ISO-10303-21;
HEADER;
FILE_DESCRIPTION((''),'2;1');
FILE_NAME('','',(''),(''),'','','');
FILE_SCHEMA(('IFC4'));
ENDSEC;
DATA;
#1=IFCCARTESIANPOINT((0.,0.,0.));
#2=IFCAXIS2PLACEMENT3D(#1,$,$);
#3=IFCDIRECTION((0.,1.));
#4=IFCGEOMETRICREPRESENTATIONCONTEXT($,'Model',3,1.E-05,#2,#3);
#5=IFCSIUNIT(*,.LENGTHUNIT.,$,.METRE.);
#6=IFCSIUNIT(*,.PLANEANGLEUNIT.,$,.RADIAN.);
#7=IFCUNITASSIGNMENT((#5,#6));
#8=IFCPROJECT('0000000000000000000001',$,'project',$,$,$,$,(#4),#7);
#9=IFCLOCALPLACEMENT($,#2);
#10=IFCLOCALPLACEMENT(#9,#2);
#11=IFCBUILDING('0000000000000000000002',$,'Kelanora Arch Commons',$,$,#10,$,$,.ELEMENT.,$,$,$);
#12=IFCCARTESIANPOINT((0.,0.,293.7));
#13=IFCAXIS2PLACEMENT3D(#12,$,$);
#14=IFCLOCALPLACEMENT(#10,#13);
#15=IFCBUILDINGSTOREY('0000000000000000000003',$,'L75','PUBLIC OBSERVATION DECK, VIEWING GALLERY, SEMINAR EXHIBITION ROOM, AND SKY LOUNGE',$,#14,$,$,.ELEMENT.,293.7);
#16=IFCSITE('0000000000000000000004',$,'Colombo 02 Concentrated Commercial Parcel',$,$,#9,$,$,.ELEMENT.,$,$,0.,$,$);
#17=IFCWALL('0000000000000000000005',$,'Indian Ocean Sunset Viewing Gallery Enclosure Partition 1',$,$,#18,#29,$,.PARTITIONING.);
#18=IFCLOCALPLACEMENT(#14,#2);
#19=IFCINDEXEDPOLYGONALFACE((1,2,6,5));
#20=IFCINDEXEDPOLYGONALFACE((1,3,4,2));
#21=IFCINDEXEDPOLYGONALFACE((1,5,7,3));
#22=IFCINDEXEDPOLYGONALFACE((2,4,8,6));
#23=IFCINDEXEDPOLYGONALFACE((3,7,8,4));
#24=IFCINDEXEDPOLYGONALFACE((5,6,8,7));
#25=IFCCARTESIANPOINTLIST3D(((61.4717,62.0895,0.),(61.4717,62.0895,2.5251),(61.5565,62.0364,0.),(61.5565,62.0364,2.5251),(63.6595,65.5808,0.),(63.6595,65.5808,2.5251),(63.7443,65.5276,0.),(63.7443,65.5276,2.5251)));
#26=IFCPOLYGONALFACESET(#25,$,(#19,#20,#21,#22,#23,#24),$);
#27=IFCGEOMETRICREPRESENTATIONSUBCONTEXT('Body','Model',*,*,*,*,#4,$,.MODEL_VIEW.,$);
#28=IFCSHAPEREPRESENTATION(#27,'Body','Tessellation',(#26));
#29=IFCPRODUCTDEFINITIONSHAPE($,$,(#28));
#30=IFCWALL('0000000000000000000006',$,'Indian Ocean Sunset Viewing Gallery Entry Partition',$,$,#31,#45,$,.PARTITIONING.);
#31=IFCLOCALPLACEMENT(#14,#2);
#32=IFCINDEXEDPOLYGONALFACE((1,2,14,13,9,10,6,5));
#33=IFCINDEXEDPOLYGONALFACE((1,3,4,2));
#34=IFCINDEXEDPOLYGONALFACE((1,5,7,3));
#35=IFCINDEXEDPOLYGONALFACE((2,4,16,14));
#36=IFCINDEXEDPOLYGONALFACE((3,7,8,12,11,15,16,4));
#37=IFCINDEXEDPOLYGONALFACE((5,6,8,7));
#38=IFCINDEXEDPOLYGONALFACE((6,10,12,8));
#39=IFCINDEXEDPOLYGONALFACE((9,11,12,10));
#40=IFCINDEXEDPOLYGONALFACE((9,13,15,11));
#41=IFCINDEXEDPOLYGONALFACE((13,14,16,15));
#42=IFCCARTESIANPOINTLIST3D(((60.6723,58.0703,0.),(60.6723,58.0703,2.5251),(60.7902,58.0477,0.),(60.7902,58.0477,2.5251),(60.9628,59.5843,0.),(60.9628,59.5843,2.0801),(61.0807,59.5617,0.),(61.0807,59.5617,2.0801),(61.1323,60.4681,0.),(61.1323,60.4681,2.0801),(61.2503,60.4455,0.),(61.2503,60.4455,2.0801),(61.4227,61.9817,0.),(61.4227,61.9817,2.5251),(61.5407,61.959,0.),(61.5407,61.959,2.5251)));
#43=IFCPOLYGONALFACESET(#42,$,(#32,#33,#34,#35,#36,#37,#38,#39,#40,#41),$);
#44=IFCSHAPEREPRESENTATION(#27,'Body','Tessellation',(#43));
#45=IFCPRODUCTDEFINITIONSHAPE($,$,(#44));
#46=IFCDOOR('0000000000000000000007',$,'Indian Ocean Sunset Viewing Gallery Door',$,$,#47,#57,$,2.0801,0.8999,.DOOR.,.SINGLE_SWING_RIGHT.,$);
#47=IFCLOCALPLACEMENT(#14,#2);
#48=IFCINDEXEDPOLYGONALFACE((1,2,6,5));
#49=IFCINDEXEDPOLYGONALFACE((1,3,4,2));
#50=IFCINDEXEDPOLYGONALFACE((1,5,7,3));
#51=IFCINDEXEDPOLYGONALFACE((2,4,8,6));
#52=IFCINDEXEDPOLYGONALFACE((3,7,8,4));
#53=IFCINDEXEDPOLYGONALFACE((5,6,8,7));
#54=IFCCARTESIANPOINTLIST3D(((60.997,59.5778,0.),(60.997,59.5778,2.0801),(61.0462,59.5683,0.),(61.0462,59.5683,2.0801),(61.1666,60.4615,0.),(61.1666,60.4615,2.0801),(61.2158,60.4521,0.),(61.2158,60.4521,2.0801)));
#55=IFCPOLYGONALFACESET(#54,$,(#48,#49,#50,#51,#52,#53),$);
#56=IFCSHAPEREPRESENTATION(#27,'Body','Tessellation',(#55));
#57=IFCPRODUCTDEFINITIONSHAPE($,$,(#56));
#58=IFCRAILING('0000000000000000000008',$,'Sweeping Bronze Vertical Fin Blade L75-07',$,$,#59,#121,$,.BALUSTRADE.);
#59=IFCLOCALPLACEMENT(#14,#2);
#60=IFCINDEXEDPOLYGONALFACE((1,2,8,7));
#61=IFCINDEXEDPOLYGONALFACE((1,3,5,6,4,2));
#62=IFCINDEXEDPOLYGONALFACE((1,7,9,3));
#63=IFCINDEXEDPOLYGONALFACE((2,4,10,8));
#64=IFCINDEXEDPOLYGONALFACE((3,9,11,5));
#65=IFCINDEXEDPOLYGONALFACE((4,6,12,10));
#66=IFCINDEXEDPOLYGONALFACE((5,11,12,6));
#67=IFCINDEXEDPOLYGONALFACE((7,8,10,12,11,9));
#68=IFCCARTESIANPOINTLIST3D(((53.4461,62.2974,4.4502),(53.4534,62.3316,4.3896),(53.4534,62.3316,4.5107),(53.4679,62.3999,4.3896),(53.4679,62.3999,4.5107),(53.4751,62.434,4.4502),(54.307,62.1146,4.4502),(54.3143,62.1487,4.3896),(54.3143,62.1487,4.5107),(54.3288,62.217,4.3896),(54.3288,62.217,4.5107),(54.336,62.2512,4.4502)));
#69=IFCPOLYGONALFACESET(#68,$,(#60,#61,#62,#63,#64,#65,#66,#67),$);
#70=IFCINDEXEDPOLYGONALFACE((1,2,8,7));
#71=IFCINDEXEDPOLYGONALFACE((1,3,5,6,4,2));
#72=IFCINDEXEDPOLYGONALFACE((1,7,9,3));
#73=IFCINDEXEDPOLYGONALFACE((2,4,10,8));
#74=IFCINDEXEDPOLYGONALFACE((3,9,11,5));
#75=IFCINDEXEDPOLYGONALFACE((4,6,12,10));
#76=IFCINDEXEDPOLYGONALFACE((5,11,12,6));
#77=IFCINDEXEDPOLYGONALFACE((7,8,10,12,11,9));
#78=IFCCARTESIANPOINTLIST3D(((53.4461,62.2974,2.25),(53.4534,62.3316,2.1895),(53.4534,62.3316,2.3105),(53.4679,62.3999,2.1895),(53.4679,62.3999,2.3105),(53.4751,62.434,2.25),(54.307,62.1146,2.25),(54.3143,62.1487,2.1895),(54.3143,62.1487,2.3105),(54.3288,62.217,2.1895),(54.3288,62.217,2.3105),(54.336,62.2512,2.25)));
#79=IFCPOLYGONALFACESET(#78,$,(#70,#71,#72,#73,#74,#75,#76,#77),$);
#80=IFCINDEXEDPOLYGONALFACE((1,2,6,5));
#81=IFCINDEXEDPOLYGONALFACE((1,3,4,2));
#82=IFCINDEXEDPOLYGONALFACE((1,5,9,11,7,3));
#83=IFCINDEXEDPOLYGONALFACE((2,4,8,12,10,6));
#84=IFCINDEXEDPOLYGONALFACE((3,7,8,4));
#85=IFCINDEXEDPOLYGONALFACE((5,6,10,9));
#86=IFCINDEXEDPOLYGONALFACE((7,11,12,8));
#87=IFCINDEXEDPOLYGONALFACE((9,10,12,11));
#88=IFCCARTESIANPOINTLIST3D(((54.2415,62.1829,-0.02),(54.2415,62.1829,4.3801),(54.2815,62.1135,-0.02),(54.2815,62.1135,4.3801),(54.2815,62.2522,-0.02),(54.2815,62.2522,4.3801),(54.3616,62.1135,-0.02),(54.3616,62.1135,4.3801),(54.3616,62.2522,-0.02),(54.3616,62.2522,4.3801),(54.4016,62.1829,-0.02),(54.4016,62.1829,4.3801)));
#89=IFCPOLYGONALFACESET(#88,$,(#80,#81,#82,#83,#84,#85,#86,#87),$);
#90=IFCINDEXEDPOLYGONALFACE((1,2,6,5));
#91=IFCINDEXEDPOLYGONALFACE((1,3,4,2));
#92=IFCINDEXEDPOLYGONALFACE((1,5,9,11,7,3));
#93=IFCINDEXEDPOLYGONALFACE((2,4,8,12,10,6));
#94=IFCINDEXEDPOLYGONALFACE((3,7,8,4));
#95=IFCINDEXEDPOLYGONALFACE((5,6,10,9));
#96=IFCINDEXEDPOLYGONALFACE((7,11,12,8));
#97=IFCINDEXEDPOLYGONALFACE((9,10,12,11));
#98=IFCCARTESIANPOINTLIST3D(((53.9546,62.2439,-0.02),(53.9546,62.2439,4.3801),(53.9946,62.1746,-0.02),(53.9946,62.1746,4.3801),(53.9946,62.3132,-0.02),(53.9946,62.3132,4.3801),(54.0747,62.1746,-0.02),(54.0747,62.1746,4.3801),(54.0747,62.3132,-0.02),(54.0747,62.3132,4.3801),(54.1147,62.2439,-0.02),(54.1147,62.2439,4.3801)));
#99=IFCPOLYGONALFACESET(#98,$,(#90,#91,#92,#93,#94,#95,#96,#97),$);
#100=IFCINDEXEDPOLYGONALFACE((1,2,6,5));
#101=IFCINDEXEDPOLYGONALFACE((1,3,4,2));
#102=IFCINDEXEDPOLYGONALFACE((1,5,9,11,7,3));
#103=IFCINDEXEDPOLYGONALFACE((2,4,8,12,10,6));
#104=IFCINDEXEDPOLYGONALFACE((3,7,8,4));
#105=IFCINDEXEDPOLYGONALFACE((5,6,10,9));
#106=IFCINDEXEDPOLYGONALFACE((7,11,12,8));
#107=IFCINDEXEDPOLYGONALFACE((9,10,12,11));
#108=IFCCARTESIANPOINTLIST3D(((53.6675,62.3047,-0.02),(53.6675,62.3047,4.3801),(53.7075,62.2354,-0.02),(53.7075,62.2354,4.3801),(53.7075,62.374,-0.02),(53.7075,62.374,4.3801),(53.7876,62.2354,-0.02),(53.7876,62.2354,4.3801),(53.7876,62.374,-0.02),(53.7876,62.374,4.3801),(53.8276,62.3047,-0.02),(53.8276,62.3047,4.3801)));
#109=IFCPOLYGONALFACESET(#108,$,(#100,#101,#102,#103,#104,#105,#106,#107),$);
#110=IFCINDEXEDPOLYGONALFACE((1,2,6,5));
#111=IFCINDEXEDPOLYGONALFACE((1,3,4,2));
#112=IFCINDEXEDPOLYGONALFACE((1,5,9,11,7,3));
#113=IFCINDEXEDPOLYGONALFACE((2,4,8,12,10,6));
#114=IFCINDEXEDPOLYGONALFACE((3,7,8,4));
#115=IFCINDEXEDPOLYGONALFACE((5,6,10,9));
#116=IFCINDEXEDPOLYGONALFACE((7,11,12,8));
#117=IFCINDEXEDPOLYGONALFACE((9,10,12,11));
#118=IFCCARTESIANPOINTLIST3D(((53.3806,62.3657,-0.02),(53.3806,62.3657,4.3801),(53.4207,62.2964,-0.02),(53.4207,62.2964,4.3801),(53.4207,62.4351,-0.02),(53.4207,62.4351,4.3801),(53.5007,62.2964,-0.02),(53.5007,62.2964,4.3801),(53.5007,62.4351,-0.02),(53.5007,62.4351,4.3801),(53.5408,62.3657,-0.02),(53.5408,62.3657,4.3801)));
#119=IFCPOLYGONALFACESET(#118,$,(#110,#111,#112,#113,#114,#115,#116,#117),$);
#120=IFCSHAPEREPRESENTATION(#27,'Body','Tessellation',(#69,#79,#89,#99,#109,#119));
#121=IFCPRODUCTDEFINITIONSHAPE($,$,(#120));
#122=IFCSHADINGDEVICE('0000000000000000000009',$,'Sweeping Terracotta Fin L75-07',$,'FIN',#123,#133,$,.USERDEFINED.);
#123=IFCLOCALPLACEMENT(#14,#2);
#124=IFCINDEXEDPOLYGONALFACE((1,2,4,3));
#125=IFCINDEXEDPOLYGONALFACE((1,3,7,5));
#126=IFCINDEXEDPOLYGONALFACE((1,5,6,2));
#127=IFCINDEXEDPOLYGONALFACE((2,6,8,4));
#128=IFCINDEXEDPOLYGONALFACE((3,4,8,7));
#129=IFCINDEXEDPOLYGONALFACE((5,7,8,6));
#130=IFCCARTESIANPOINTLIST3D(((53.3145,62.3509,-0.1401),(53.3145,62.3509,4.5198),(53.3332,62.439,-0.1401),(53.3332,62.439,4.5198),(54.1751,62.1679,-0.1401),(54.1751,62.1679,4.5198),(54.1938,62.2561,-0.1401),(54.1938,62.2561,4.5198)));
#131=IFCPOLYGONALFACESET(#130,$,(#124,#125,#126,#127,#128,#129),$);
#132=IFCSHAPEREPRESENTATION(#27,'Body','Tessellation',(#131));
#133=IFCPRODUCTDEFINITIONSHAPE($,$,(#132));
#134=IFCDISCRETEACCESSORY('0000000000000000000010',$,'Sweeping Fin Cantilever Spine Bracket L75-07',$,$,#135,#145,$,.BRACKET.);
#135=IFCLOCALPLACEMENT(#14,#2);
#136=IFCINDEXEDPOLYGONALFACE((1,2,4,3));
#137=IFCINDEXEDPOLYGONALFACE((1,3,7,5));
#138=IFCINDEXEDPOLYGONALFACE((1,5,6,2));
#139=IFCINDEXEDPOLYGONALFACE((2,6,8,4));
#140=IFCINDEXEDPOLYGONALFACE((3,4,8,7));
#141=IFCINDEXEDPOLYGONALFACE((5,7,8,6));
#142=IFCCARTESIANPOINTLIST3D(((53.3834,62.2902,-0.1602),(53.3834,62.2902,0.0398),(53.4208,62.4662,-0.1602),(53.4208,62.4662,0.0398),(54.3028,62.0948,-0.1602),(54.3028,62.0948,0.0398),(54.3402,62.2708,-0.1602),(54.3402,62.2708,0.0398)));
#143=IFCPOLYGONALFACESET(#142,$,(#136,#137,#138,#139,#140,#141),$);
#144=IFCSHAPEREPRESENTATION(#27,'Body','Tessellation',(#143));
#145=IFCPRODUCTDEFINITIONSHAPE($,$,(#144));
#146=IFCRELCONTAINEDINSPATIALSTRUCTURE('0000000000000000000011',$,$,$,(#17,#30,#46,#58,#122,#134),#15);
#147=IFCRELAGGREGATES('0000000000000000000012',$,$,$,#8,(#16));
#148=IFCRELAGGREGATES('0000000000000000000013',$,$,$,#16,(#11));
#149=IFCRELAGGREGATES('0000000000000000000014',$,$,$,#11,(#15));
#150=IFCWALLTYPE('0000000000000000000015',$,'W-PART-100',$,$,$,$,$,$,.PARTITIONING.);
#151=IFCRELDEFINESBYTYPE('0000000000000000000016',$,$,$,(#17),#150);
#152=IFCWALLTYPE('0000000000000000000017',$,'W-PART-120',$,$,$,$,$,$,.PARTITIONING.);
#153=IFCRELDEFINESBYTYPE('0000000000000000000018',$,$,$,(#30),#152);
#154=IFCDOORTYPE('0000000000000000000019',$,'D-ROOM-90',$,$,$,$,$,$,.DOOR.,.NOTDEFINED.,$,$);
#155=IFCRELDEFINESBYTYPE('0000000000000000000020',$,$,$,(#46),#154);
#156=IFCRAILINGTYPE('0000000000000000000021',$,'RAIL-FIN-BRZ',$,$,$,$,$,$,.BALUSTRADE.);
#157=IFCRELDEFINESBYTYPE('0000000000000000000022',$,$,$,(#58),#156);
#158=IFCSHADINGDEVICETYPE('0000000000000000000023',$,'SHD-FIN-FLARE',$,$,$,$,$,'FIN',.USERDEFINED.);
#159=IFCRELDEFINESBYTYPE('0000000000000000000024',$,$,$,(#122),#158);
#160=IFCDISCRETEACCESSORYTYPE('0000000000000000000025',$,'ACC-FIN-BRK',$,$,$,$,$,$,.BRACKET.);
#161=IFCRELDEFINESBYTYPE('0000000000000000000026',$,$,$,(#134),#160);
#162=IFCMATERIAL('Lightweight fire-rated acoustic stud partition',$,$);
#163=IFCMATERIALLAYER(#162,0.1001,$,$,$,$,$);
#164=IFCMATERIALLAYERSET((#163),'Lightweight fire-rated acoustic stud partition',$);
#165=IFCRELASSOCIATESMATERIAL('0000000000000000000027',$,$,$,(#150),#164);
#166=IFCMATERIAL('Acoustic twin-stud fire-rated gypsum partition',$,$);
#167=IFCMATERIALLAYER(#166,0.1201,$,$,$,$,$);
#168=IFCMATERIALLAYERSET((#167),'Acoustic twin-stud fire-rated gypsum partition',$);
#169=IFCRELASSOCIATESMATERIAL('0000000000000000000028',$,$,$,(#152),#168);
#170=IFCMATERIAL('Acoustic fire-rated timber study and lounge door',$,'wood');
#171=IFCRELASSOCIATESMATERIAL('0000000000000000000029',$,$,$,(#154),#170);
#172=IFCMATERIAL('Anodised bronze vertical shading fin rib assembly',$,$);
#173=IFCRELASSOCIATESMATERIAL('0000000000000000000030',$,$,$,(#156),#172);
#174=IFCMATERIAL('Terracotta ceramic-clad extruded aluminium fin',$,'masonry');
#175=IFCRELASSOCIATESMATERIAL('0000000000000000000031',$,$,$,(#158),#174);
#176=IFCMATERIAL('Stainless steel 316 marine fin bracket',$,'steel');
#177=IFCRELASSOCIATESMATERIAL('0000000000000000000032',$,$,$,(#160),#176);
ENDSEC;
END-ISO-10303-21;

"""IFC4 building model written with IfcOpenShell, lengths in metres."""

from ifc_helpers import new_model, si_unit, direction, frame, frame_2d, origin, origin_2d, place, context, subcontext, project, spatial, polyline, rectangle, outline, extrude, source, transform, mapped, material, layer, layer_set, type_object, element, fill, save


model = new_model("IFC4")

# Units and contexts
model_context = context("Model", 3, precision=1e-05, world=origin(), true_north=direction((0.0, 1.0)))
body_context = subcontext(model_context, "Body", "Model", "MODEL_VIEW")
ifc_project = project(units=[si_unit("LENGTHUNIT", "METRE"), si_unit("PLANEANGLEUNIT", "RADIAN")], contexts=[model_context])

# Site, building, storey
site_placement = place(None, origin())
site = spatial("IfcSite", under=ifc_project, at=site_placement, Name="Colombo 02 Concentrated Commercial Parcel", CompositionType="ELEMENT", RefElevation=0.0)
building_placement = place(site_placement, origin())
building = spatial("IfcBuilding", under=site, at=building_placement, Name="Kelanora Arch Commons", CompositionType="ELEMENT")
storey_placement = place(building_placement, frame((0.0, 0.0, 293.7)))
storey = spatial("IfcBuildingStorey", under=building, at=storey_placement, Name="L75", Description="PUBLIC OBSERVATION DECK, VIEWING GALLERY, SEMINAR EXHIBITION ROOM, AND SKY LOUNGE", CompositionType="ELEMENT", Elevation=293.7)

# Wall
ifc_material_1 = material(Name="Lightweight fire-rated acoustic stud partition")
ifc_layer_1 = layer(ifc_material_1, 0.1001)
ifc_layer_set_1 = layer_set([ifc_layer_1], Name="Lightweight fire-rated acoustic stud partition")
wall_type_1 = type_object("IfcWallType", Name="W-PART-100", PredefinedType="PARTITIONING", material=ifc_layer_set_1)
wall_1_placement = place(storey_placement, frame((63.7019, 65.5542, 0.0), z_axis=(0.0, 0.0, 1.0), x_axis=(-0.531, -0.847372, 0.0)))
element("IfcWall", 1, at=wall_1_placement, inside=storey, type_object=wall_type_1, Name="Indian Ocean Sunset Viewing Gallery Enclosure Partition 1", PredefinedType="PARTITIONING", context=body_context, shape_type="SweptSolid", body=[
    extrude(rectangle(XDim=4.1201, YDim=0.1001, at=frame_2d((2.0601, 0.0))), origin(), (0.0, 0.0, 1.0), 2.5251),
])

# Wall, opening, door
ifc_material_2 = material(Name="Acoustic twin-stud fire-rated gypsum partition")
ifc_layer_2 = layer(ifc_material_2, 0.1201)
ifc_layer_set_2 = layer_set([ifc_layer_2], Name="Acoustic twin-stud fire-rated gypsum partition")
wall_type_2 = type_object("IfcWallType", Name="W-PART-120", PredefinedType="PARTITIONING", material=ifc_layer_set_2)
wall_2_placement = place(storey_placement, frame((61.4817, 61.9702, 0.0), z_axis=(0.0, 0.0, 1.0), x_axis=(-0.188436, -0.982085, 0.0)))
wall_2 = element("IfcWall", 2, at=wall_2_placement, inside=storey, type_object=wall_type_2, Name="Indian Ocean Sunset Viewing Gallery Entry Partition", PredefinedType="PARTITIONING", context=body_context, shape_type="SweptSolid", body=[
    extrude(rectangle(XDim=3.9827, YDim=0.1201, at=frame_2d((1.9912, 0.0))), origin(), (0.0, 0.0, 1.0), 2.5251),
])
opening_placement = place(wall_2_placement, frame((1.541, 0.0, 0.0)))
opening = element("IfcOpeningElement", 3, at=opening_placement, cuts=wall_2, PredefinedType="OPENING", context=body_context, shape_type="SweptSolid", body=[
    extrude(rectangle(XDim=0.8999, YDim=2.0801, at=frame_2d((0.45, 1.04))), frame((0.0, 0.0701, 0.0), z_axis=(0.0, -1.0, 0.0), x_axis=(1.0, 0.0, 0.0)), (0.0, 0.0, 1.0), 0.1401),
])
ifc_material_3 = material(Name="Acoustic fire-rated timber study and lounge door", Category="wood")
door_type = type_object("IfcDoorType", Name="D-ROOM-90", OperationType="NOTDEFINED", PredefinedType="DOOR", material=ifc_material_3)
door_placement = place(opening_placement, origin())
door = element("IfcDoor", 4, at=door_placement, inside=storey, type_object=door_type, Name="Indian Ocean Sunset Viewing Gallery Door", OperationType="SINGLE_SWING_RIGHT", OverallHeight=2.0801, OverallWidth=0.8999, PredefinedType="DOOR", context=body_context, shape_type="SweptSolid", body=[
    extrude(rectangle(XDim=0.8999, YDim=2.0801, at=frame_2d((0.45, 1.04))), frame((0.0, 0.0249, 0.0), z_axis=(0.0, -1.0, 0.0), x_axis=(1.0, 0.0, 0.0)), (0.0, 0.0, 1.0), 0.05),
])
fill(opening, door)

# Railing
ifc_material_4 = material(Name="Anodised bronze vertical shading fin rib assembly")
railing_type = type_object("IfcRailingType", Name="RAIL-FIN-BRZ", PredefinedType="BALUSTRADE", material=ifc_material_4)
railing_placement = place(storey_placement, frame((54.3215, 62.1829, -0.02)))
element("IfcRailing", 5, at=railing_placement, inside=storey, type_object=railing_type, Name="Sweeping Bronze Vertical Fin Blade L75-07", PredefinedType="BALUSTRADE", context=body_context, shape_type="SweptSolid", body=[
    extrude(outline(polyline([(0.0698, 0.0), (0.0349, 0.0605), (-0.0349, 0.0605), (-0.0698, 0.0), (-0.0349, -0.0605), (0.0349, -0.0605), (0.0698, 0.0)])), frame((0.0, 0.0, 4.4702), z_axis=(-0.978174, 0.207786, 0.0), x_axis=(-0.207786, -0.978174, 0.0)), (0.0, 0.0, 1.0), 0.8801),
    extrude(outline(polyline([(0.0698, 0.0), (0.0349, 0.0605), (-0.0349, 0.0605), (-0.0698, 0.0), (-0.0349, -0.0605), (0.0349, -0.0605), (0.0698, 0.0)])), frame((0.0, 0.0, 2.27), z_axis=(-0.978174, 0.207786, 0.0), x_axis=(-0.207786, -0.978174, 0.0)), (0.0, 0.0, 1.0), 0.8801),
    extrude(outline(polyline([(0.0801, 0.0), (0.04, 0.0693), (-0.04, 0.0693), (-0.0801, 0.0), (-0.04, -0.0693), (0.04, -0.0693), (0.0801, 0.0)])), origin(), (0.0, 0.0, 1.0), 4.4001),
    extrude(outline(polyline([(0.0801, 0.0), (0.04, 0.0693), (-0.04, 0.0693), (-0.0801, 0.0), (-0.04, -0.0693), (0.04, -0.0693), (0.0801, 0.0)])), frame((-0.2869, 0.061, 0.0)), (0.0, 0.0, 1.0), 4.4001),
    extrude(outline(polyline([(0.0801, 0.0), (0.04, 0.0693), (-0.04, 0.0693), (-0.0801, 0.0), (-0.04, -0.0693), (0.04, -0.0693), (0.0801, 0.0)])), frame((-0.574, 0.1218, 0.0)), (0.0, 0.0, 1.0), 4.4001),
    extrude(outline(polyline([(0.0801, 0.0), (0.04, 0.0693), (-0.04, 0.0693), (-0.0801, 0.0), (-0.04, -0.0693), (0.04, -0.0693), (0.0801, 0.0)])), frame((-0.8608, 0.1829, 0.0)), (0.0, 0.0, 1.0), 4.4001),
])

# Shading device
ifc_material_5 = material(Name="Terracotta ceramic-clad extruded aluminium fin", Category="masonry")
shading_device_type = type_object("IfcShadingDeviceType", Name="SHD-FIN-FLARE", ElementType="FIN", PredefinedType="USERDEFINED", material=ifc_material_5)
shared_shape_1 = source(origin(), body_context, "Body", "SweptSolid", [
    extrude(rectangle(XDim=0.8799, YDim=0.0901, at=origin_2d()), origin(), (0.0, 0.0, 1.0), 4.6599),
])
shading_device_placement = place(storey_placement, frame((53.7542, 62.3035, -0.1401), z_axis=(0.0, 0.0, 1.0), x_axis=(-0.978148, 0.207912, 0.0)))
element("IfcShadingDevice", 6, at=shading_device_placement, inside=storey, type_object=shading_device_type, Name="Sweeping Terracotta Fin L75-07", ObjectType="FIN", PredefinedType="USERDEFINED", context=body_context, shape_type="MappedRepresentation", body=[
    mapped(shared_shape_1, transform((0.0, 0.0, 0.0), scale=1.0)),
])

# Discrete accessory
ifc_material_6 = material(Name="Stainless steel 316 marine fin bracket", Category="steel")
discrete_accessory_type = type_object("IfcDiscreteAccessoryType", Name="ACC-FIN-BRK", PredefinedType="BRACKET", material=ifc_material_6)
shared_shape_2 = source(origin(), body_context, "Body", "SweptSolid", [
    extrude(rectangle(XDim=0.9399, YDim=0.1799, at=origin_2d()), origin(), (0.0, 0.0, 1.0), 0.2),
])
discrete_accessory_placement = place(storey_placement, frame((53.8618, 62.2805, -0.1602), z_axis=(0.0, 0.0, 1.0), x_axis=(-0.978148, 0.207912, 0.0)))
element("IfcDiscreteAccessory", 7, at=discrete_accessory_placement, inside=storey, type_object=discrete_accessory_type, Name="Sweeping Fin Cantilever Spine Bracket L75-07", PredefinedType="BRACKET", context=body_context, shape_type="MappedRepresentation", body=[
    mapped(shared_shape_2, transform((0.0, 0.0, 0.0), scale=1.0)),
])

save(model, "model.ifc")
